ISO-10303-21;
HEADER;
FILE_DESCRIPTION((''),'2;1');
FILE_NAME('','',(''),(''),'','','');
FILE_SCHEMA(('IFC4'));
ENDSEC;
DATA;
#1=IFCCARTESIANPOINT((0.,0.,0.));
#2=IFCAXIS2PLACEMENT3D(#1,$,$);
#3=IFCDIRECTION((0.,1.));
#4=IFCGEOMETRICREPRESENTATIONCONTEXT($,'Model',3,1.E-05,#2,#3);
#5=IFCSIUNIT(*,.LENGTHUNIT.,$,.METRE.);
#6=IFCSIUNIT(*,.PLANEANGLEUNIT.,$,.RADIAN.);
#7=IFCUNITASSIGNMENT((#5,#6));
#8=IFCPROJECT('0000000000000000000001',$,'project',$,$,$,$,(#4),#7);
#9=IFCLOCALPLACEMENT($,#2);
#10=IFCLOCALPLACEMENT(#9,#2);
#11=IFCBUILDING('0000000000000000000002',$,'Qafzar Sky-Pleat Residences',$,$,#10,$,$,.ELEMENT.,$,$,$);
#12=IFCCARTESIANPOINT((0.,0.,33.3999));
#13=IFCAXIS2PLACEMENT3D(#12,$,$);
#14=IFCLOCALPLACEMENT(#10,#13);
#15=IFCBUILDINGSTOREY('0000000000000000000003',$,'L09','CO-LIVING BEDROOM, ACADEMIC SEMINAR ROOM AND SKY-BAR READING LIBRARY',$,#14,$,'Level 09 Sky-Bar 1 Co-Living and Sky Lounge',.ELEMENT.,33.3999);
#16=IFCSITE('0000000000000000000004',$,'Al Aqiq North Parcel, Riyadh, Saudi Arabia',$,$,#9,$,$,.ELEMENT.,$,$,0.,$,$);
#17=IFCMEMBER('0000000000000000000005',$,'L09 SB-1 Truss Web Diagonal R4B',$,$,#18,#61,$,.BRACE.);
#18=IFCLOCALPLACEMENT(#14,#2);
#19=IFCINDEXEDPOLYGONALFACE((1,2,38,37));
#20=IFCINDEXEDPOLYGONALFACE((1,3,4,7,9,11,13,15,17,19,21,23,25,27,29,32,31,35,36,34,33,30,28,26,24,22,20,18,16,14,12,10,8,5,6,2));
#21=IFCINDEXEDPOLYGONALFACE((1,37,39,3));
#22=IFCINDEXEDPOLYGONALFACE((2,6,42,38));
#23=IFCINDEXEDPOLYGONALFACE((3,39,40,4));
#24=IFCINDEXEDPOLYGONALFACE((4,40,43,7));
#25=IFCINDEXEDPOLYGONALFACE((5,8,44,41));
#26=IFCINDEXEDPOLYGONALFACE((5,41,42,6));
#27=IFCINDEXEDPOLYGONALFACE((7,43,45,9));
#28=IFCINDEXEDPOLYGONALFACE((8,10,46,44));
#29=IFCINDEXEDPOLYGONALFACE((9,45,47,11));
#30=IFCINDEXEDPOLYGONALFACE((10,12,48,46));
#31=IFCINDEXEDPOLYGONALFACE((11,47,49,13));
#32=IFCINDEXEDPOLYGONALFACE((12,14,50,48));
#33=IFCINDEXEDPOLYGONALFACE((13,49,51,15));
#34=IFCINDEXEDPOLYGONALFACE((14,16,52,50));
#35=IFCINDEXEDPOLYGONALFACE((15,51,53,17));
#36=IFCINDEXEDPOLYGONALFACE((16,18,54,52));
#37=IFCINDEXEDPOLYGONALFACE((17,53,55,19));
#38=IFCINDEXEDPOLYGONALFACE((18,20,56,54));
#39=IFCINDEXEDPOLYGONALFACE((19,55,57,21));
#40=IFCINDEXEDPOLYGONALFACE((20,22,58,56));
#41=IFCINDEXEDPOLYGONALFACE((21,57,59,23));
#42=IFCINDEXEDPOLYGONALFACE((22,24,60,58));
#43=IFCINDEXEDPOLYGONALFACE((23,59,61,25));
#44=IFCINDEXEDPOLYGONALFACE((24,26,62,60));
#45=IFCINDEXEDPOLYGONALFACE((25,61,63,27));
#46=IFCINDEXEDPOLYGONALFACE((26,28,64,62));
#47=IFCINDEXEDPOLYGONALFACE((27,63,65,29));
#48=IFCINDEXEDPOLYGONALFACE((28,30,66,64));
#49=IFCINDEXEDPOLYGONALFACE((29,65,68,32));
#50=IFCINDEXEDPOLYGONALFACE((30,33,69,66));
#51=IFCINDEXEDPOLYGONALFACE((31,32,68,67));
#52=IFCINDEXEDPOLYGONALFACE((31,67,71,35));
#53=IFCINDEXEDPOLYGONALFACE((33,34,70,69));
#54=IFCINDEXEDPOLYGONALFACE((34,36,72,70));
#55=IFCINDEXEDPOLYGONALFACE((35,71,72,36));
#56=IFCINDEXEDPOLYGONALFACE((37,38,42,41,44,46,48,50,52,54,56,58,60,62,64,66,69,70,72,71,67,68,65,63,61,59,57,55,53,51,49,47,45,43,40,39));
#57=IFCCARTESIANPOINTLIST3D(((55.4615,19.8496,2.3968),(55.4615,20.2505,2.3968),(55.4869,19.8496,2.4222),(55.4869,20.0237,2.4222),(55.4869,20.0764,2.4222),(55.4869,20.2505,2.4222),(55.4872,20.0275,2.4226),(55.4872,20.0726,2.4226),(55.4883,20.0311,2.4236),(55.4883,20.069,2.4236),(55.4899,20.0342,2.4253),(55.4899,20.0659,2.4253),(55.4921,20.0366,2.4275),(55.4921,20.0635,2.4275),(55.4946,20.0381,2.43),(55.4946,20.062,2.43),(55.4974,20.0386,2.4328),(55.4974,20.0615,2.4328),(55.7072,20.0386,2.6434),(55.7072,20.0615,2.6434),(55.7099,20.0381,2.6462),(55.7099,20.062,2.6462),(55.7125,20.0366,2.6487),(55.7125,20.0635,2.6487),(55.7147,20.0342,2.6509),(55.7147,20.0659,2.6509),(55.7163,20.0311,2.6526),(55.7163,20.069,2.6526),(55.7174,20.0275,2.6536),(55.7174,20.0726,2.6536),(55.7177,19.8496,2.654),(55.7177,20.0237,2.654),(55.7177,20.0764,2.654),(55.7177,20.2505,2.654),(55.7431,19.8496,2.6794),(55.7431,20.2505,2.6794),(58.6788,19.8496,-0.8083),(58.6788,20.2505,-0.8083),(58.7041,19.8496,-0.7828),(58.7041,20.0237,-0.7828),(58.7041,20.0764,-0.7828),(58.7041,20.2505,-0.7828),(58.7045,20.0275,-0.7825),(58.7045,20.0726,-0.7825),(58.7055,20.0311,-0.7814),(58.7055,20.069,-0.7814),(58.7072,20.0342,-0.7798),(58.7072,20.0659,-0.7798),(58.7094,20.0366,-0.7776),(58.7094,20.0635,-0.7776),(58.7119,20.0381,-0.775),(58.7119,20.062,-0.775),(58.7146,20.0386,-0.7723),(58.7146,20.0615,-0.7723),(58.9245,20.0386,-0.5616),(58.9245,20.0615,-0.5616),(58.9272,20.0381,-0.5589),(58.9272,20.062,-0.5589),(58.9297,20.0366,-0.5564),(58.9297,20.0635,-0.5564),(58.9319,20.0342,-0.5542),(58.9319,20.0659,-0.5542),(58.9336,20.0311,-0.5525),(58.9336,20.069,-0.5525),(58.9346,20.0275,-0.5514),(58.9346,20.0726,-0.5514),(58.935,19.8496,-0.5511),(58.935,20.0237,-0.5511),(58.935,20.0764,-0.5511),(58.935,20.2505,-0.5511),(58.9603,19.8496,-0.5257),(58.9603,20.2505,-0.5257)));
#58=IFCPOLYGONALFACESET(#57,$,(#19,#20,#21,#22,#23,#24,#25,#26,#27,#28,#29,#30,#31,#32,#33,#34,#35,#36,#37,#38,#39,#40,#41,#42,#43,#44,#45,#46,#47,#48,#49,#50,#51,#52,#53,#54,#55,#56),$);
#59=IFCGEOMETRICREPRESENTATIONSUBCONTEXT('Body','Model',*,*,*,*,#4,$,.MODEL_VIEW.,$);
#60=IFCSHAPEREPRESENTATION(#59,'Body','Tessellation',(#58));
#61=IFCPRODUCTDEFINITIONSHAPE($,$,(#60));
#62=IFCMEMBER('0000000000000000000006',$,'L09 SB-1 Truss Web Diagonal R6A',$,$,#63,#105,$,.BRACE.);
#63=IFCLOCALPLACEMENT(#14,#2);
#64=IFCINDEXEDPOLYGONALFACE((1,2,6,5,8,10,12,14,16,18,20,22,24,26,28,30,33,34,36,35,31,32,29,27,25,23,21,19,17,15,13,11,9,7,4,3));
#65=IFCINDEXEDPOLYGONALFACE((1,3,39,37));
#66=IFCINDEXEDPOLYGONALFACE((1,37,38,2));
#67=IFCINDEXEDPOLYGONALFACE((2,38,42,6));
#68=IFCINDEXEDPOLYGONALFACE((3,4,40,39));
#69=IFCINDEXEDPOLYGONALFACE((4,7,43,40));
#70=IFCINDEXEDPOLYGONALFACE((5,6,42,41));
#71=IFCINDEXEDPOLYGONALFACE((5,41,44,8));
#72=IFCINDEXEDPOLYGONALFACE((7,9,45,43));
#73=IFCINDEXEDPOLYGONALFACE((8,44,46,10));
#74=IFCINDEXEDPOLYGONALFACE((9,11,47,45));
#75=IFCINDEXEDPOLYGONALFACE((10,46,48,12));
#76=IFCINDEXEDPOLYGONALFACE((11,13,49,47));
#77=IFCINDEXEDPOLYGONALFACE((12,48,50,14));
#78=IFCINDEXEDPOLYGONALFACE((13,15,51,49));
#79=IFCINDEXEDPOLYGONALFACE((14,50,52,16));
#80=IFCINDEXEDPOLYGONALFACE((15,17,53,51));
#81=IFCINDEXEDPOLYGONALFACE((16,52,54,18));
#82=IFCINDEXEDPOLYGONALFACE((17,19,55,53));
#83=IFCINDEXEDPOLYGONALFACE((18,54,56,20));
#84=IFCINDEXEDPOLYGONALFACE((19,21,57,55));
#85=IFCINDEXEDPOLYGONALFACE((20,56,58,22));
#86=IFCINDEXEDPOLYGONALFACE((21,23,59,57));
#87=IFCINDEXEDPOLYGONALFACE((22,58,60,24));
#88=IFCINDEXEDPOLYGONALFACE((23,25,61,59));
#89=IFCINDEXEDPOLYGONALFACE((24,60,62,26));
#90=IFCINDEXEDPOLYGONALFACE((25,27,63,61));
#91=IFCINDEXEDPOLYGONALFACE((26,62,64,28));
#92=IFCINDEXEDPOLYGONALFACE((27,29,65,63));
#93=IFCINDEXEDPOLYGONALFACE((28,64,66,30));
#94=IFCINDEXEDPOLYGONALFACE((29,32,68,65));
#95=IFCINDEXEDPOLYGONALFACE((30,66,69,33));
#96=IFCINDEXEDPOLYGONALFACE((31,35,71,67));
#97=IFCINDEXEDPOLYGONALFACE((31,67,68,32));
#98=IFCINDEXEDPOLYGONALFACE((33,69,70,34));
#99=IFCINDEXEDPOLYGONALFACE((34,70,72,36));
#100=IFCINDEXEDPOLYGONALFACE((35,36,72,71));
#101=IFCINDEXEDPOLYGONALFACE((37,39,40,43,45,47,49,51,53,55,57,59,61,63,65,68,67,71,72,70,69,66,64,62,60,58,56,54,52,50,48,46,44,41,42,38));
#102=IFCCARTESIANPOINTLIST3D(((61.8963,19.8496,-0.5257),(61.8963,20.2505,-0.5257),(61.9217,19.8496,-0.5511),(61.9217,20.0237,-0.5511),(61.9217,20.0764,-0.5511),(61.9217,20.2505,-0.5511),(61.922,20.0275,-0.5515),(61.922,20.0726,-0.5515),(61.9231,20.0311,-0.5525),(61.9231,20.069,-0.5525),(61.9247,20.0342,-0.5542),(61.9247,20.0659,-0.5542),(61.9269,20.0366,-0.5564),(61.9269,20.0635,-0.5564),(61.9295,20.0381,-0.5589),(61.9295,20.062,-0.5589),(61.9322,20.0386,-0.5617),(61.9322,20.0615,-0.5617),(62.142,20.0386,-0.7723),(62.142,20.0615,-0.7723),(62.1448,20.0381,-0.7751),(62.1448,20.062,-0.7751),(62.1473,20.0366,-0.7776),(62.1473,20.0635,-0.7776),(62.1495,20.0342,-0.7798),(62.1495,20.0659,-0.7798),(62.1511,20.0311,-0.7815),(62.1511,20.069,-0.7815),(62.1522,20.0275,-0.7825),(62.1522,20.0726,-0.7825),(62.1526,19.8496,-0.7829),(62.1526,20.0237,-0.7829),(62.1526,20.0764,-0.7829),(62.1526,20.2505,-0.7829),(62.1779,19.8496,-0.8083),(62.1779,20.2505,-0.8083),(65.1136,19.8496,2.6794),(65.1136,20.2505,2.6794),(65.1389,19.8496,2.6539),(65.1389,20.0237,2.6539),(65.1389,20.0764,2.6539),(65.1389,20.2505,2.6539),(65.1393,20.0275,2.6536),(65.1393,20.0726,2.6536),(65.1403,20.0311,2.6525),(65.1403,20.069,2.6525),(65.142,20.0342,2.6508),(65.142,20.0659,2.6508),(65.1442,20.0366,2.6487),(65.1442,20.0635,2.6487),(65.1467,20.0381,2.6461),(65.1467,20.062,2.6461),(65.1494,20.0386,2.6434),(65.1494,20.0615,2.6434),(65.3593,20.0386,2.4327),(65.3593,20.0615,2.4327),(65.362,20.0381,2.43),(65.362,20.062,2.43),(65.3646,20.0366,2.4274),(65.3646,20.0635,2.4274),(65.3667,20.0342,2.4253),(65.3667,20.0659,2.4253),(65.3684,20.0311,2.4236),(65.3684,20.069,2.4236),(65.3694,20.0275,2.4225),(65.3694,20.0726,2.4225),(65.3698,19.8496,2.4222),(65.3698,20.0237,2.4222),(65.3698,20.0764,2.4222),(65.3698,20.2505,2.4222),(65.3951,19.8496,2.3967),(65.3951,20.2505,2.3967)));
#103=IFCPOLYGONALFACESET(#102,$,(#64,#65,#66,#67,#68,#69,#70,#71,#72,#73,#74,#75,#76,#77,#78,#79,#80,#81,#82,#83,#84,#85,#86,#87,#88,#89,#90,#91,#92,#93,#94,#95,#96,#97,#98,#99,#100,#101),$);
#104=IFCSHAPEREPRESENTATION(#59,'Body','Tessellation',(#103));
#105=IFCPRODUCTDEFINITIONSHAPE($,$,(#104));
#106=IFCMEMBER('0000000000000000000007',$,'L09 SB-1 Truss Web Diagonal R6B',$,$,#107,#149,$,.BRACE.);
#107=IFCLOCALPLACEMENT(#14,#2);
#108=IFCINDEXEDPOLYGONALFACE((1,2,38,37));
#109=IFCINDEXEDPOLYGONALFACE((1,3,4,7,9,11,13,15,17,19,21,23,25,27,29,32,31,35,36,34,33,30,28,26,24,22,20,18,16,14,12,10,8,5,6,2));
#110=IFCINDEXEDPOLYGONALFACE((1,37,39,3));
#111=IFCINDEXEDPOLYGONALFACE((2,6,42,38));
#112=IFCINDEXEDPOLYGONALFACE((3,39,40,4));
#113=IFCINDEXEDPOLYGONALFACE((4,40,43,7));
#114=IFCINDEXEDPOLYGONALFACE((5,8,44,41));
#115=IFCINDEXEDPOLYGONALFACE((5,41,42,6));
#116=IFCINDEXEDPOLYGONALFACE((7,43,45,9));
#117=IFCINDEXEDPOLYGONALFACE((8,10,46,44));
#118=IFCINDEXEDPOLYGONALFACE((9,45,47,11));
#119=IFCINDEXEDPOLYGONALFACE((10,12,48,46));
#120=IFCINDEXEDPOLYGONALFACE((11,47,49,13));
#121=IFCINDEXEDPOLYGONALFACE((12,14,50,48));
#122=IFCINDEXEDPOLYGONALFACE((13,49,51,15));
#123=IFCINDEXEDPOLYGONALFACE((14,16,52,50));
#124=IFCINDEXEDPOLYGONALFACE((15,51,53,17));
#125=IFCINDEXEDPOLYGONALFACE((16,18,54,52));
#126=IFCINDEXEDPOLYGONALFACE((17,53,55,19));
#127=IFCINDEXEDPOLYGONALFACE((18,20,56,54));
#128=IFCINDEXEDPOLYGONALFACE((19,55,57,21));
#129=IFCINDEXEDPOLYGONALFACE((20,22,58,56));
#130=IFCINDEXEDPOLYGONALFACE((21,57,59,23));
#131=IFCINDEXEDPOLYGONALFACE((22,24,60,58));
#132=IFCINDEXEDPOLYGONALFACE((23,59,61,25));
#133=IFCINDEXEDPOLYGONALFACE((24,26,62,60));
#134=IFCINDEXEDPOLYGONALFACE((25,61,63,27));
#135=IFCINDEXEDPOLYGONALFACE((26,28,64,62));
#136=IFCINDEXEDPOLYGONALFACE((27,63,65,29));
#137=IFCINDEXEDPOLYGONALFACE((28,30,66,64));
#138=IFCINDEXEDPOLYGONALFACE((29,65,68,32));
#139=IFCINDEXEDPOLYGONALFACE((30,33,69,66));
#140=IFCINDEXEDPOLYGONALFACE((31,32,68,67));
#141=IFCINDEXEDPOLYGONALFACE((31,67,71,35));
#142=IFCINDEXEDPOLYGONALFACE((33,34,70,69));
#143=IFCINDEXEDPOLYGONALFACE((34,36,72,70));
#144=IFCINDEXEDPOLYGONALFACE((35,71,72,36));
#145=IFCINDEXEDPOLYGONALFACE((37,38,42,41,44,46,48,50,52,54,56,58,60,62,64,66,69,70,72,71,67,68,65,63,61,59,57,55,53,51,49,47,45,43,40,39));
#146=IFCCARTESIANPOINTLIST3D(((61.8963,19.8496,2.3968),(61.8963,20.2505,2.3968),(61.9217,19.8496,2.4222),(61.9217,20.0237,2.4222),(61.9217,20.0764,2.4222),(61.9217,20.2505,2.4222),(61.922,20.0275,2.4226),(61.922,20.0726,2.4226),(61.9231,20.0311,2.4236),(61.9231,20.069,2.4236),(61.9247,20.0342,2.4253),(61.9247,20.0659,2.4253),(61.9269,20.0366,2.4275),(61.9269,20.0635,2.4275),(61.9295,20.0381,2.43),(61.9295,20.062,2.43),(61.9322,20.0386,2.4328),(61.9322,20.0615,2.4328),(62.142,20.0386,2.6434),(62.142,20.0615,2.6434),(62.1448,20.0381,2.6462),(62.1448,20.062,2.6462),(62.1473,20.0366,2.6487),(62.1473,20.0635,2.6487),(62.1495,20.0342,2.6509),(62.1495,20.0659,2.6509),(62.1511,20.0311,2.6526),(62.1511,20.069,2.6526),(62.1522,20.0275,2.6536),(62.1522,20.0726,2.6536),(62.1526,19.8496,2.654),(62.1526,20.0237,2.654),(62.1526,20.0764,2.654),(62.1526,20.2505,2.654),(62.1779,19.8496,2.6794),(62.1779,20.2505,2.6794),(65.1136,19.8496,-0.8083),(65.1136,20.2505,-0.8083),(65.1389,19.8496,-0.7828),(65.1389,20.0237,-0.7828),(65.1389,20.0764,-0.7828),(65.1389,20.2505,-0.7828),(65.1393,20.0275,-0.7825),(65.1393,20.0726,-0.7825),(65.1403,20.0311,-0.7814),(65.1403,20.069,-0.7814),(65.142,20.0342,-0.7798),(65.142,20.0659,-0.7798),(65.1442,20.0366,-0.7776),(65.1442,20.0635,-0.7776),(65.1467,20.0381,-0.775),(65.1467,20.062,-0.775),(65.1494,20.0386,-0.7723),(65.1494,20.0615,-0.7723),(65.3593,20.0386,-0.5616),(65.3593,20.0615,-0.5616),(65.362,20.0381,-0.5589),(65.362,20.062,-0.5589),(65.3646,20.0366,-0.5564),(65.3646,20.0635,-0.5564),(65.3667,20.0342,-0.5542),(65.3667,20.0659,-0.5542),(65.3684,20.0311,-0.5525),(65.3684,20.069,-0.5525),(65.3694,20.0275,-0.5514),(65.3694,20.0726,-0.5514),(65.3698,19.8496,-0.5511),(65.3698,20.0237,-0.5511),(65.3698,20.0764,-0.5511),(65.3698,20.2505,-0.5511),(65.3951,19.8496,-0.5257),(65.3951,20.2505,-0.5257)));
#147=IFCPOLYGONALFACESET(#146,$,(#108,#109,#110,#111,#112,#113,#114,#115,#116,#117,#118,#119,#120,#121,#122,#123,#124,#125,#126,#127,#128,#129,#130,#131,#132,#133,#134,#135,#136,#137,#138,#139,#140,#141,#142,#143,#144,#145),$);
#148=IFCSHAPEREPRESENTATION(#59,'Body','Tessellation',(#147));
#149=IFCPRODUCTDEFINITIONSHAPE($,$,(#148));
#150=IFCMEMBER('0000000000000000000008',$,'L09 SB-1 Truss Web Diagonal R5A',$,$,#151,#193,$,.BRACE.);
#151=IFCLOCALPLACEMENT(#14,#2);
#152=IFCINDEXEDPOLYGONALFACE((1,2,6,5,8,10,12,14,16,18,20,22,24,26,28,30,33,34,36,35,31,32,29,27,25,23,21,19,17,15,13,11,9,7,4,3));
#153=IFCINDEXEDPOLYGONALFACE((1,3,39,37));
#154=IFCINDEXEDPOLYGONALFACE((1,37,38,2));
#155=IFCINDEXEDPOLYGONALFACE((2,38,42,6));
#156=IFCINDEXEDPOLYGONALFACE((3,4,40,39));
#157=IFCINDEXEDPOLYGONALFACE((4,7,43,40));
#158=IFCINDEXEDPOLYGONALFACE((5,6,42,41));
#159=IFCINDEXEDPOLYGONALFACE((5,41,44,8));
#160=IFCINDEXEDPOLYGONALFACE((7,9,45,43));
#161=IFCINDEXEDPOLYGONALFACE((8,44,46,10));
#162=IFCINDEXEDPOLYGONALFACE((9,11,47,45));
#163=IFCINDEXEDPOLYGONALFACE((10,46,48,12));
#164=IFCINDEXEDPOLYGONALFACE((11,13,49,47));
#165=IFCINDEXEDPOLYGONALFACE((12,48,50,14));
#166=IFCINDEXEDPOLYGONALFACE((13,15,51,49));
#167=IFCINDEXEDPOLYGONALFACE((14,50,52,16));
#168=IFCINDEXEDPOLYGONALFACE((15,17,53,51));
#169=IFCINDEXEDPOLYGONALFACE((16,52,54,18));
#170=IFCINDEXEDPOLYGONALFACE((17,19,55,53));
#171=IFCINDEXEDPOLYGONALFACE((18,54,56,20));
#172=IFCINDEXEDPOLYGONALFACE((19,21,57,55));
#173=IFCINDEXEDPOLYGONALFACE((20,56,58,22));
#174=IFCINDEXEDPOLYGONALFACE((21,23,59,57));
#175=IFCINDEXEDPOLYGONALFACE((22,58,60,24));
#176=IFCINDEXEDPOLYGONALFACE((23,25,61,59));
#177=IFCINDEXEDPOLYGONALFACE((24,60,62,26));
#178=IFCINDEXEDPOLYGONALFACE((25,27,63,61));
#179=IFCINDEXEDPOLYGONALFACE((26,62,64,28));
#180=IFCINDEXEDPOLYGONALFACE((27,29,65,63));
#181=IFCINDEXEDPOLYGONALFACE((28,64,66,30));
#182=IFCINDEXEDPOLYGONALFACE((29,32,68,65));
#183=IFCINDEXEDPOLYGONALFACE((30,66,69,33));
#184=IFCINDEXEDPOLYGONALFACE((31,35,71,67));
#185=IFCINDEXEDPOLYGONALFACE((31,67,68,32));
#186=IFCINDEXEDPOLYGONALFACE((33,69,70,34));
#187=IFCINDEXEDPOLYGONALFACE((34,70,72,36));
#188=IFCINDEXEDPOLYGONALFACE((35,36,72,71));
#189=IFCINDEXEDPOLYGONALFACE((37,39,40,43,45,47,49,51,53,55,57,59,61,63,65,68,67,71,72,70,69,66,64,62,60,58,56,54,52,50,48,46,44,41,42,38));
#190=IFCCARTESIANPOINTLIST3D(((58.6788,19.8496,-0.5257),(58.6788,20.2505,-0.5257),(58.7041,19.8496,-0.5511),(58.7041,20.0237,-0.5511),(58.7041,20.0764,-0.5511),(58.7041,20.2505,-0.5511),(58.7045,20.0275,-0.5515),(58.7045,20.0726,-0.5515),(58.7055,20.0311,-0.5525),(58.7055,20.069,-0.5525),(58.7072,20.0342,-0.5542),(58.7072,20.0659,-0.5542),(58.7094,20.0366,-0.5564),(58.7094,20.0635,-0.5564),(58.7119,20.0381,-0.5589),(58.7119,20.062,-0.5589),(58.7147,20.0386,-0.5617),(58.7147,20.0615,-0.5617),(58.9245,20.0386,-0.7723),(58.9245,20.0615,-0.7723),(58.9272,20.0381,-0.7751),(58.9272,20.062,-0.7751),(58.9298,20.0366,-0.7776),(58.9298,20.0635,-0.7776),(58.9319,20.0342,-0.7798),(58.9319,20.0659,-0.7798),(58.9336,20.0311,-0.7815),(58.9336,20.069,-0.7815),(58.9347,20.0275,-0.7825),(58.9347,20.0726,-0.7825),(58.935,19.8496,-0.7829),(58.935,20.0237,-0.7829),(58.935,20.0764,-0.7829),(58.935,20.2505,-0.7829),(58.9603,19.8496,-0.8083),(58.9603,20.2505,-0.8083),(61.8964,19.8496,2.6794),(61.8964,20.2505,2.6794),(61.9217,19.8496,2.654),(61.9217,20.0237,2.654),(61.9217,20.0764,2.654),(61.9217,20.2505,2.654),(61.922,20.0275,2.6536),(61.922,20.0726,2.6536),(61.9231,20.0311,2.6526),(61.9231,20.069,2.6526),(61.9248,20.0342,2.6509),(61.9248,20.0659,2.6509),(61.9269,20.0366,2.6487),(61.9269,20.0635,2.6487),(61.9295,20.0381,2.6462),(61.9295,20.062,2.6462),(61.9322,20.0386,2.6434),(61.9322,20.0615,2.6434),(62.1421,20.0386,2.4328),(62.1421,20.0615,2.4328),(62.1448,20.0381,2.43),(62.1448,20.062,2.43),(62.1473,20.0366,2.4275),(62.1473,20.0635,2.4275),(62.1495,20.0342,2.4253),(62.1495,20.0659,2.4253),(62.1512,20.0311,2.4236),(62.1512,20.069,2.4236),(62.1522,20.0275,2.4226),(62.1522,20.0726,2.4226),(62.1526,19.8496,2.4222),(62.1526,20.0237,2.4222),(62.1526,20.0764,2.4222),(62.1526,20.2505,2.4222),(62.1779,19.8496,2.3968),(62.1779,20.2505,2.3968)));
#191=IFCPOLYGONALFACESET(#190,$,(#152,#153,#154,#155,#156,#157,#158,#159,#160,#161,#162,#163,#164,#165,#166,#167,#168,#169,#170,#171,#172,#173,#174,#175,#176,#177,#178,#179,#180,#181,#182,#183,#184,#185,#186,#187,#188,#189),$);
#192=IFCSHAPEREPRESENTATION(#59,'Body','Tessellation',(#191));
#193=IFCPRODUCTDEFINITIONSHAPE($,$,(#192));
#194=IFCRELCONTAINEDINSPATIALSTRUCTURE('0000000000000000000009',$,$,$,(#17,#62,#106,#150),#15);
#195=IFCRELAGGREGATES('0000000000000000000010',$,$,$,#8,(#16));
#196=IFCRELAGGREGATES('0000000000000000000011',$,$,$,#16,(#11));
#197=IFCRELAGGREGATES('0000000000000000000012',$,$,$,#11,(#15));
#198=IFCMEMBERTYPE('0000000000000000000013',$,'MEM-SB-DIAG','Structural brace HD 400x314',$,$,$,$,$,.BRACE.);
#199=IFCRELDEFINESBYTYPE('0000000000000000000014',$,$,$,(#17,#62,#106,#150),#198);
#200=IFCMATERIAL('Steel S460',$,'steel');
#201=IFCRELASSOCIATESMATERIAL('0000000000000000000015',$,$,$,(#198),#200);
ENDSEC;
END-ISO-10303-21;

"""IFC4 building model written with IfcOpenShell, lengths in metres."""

from ifc_helpers import new_model, si_unit, direction, frame, origin, origin_2d, place, context, subcontext, project, spatial, i_section, extrude, source, transform, mapped, material, material_profile, profile_set, type_object, element, save


model = new_model("IFC4")

# Units and contexts
model_context = context("Model", 3, precision=1e-05, world=origin(), true_north=direction((0.0, 1.0)))
body_context = subcontext(model_context, "Body", "Model", "MODEL_VIEW")
ifc_project = project(units=[si_unit("LENGTHUNIT", "METRE"), si_unit("PLANEANGLEUNIT", "RADIAN")], contexts=[model_context])

# Site, building, storey
site_placement = place(None, origin())
site = spatial("IfcSite", under=ifc_project, at=site_placement, Name="Al Aqiq North Parcel, Riyadh, Saudi Arabia", CompositionType="ELEMENT", RefElevation=0.0)
building_placement = place(site_placement, origin())
building = spatial("IfcBuilding", under=site, at=building_placement, Name="Qafzar Sky-Pleat Residences", CompositionType="ELEMENT")
storey_placement = place(building_placement, frame((0.0, 0.0, 33.3999)))
storey = spatial("IfcBuildingStorey", under=building, at=storey_placement, Name="L09", Description="CO-LIVING BEDROOM, ACADEMIC SEMINAR ROOM AND SKY-BAR READING LIBRARY", LongName="Level 09 Sky-Bar 1 Co-Living and Sky Lounge", CompositionType="ELEMENT", Elevation=33.3999)

# Shared definitions
ifc_material_1 = material(Name="Steel S460", Category="steel")

# Members
ifc_material_profile_1 = material_profile(ifc_material_1, i_section(OverallWidth=0.4009, OverallDepth=0.3989, WebThickness=0.0229, FlangeThickness=0.0359, FilletRadius=0.0149, at=origin_2d()), Name="HD 400x314")
ifc_profile_set_1 = profile_set([ifc_material_profile_1], Name="Steel S460")
member_type_1 = type_object("IfcMemberType", Name="MEM-SB-DIAG", Description="Structural brace HD 400x314", PredefinedType="BRACE", material=ifc_profile_set_1)
shared_shape_1 = source(origin(), body_context, "Body", "SweptSolid", [
    extrude(i_section(OverallWidth=0.4009, OverallDepth=0.3989, WebThickness=0.0229, FlangeThickness=0.0359, FilletRadius=0.0149, at=origin_2d()), origin(), (0.0, 0.0, 1.0), 4.5413),
])
for number, where, z_axis, x_axis, name in (
    (1, (55.6023, 20.05, 2.5381), (0.70845, 0.0, -0.705762), (0.0, 1.0, 0.0), "L09 SB-1 Truss Web Diagonal R4B"),
    (2, (62.0371, 20.05, -0.667), (0.70845, 0.0, 0.705762), (0.0, 1.0, 0.0), "L09 SB-1 Truss Web Diagonal R6A"),
    (3, (62.0371, 20.05, 2.5381), (0.70845, 0.0, -0.705762), (0.0, 1.0, 0.0), "L09 SB-1 Truss Web Diagonal R6B"),
):
    element("IfcMember", number, at=place(storey_placement, frame(where, z_axis=z_axis, x_axis=x_axis)), inside=storey, type_object=member_type_1, Name=name, PredefinedType="BRACE", context=body_context, shape_type="MappedRepresentation", body=[
        mapped(shared_shape_1, transform((0.0, 0.0, 0.0), x_axis=(1.0, 0.0, 0.0), y_axis=(0.0, 1.0, 0.0), z_axis=(0.0, 0.0, 1.0), scale=1.0)),
    ])
shared_shape_2 = source(origin(), body_context, "Body", "SweptSolid", [
    extrude(i_section(OverallWidth=0.4009, OverallDepth=0.3989, WebThickness=0.0229, FlangeThickness=0.0359, FilletRadius=0.0149, at=origin_2d()), origin(), (0.0, 0.0, 1.0), 4.5415),
])
for number, where, z_axis, x_axis, name in (
    (4, (58.8196, 20.05, -0.667), (0.708476, 0.0, 0.705735), (0.0, 1.0, 0.0), "L09 SB-1 Truss Web Diagonal R5A"),
):
    element("IfcMember", number, at=place(storey_placement, frame(where, z_axis=z_axis, x_axis=x_axis)), inside=storey, type_object=member_type_1, Name=name, PredefinedType="BRACE", context=body_context, shape_type="MappedRepresentation", body=[
        mapped(shared_shape_2, transform((0.0, 0.0, 0.0), x_axis=(1.0, 0.0, 0.0), y_axis=(0.0, 1.0, 0.0), z_axis=(0.0, 0.0, 1.0), scale=1.0)),
    ])

save(model, "model.ifc")
